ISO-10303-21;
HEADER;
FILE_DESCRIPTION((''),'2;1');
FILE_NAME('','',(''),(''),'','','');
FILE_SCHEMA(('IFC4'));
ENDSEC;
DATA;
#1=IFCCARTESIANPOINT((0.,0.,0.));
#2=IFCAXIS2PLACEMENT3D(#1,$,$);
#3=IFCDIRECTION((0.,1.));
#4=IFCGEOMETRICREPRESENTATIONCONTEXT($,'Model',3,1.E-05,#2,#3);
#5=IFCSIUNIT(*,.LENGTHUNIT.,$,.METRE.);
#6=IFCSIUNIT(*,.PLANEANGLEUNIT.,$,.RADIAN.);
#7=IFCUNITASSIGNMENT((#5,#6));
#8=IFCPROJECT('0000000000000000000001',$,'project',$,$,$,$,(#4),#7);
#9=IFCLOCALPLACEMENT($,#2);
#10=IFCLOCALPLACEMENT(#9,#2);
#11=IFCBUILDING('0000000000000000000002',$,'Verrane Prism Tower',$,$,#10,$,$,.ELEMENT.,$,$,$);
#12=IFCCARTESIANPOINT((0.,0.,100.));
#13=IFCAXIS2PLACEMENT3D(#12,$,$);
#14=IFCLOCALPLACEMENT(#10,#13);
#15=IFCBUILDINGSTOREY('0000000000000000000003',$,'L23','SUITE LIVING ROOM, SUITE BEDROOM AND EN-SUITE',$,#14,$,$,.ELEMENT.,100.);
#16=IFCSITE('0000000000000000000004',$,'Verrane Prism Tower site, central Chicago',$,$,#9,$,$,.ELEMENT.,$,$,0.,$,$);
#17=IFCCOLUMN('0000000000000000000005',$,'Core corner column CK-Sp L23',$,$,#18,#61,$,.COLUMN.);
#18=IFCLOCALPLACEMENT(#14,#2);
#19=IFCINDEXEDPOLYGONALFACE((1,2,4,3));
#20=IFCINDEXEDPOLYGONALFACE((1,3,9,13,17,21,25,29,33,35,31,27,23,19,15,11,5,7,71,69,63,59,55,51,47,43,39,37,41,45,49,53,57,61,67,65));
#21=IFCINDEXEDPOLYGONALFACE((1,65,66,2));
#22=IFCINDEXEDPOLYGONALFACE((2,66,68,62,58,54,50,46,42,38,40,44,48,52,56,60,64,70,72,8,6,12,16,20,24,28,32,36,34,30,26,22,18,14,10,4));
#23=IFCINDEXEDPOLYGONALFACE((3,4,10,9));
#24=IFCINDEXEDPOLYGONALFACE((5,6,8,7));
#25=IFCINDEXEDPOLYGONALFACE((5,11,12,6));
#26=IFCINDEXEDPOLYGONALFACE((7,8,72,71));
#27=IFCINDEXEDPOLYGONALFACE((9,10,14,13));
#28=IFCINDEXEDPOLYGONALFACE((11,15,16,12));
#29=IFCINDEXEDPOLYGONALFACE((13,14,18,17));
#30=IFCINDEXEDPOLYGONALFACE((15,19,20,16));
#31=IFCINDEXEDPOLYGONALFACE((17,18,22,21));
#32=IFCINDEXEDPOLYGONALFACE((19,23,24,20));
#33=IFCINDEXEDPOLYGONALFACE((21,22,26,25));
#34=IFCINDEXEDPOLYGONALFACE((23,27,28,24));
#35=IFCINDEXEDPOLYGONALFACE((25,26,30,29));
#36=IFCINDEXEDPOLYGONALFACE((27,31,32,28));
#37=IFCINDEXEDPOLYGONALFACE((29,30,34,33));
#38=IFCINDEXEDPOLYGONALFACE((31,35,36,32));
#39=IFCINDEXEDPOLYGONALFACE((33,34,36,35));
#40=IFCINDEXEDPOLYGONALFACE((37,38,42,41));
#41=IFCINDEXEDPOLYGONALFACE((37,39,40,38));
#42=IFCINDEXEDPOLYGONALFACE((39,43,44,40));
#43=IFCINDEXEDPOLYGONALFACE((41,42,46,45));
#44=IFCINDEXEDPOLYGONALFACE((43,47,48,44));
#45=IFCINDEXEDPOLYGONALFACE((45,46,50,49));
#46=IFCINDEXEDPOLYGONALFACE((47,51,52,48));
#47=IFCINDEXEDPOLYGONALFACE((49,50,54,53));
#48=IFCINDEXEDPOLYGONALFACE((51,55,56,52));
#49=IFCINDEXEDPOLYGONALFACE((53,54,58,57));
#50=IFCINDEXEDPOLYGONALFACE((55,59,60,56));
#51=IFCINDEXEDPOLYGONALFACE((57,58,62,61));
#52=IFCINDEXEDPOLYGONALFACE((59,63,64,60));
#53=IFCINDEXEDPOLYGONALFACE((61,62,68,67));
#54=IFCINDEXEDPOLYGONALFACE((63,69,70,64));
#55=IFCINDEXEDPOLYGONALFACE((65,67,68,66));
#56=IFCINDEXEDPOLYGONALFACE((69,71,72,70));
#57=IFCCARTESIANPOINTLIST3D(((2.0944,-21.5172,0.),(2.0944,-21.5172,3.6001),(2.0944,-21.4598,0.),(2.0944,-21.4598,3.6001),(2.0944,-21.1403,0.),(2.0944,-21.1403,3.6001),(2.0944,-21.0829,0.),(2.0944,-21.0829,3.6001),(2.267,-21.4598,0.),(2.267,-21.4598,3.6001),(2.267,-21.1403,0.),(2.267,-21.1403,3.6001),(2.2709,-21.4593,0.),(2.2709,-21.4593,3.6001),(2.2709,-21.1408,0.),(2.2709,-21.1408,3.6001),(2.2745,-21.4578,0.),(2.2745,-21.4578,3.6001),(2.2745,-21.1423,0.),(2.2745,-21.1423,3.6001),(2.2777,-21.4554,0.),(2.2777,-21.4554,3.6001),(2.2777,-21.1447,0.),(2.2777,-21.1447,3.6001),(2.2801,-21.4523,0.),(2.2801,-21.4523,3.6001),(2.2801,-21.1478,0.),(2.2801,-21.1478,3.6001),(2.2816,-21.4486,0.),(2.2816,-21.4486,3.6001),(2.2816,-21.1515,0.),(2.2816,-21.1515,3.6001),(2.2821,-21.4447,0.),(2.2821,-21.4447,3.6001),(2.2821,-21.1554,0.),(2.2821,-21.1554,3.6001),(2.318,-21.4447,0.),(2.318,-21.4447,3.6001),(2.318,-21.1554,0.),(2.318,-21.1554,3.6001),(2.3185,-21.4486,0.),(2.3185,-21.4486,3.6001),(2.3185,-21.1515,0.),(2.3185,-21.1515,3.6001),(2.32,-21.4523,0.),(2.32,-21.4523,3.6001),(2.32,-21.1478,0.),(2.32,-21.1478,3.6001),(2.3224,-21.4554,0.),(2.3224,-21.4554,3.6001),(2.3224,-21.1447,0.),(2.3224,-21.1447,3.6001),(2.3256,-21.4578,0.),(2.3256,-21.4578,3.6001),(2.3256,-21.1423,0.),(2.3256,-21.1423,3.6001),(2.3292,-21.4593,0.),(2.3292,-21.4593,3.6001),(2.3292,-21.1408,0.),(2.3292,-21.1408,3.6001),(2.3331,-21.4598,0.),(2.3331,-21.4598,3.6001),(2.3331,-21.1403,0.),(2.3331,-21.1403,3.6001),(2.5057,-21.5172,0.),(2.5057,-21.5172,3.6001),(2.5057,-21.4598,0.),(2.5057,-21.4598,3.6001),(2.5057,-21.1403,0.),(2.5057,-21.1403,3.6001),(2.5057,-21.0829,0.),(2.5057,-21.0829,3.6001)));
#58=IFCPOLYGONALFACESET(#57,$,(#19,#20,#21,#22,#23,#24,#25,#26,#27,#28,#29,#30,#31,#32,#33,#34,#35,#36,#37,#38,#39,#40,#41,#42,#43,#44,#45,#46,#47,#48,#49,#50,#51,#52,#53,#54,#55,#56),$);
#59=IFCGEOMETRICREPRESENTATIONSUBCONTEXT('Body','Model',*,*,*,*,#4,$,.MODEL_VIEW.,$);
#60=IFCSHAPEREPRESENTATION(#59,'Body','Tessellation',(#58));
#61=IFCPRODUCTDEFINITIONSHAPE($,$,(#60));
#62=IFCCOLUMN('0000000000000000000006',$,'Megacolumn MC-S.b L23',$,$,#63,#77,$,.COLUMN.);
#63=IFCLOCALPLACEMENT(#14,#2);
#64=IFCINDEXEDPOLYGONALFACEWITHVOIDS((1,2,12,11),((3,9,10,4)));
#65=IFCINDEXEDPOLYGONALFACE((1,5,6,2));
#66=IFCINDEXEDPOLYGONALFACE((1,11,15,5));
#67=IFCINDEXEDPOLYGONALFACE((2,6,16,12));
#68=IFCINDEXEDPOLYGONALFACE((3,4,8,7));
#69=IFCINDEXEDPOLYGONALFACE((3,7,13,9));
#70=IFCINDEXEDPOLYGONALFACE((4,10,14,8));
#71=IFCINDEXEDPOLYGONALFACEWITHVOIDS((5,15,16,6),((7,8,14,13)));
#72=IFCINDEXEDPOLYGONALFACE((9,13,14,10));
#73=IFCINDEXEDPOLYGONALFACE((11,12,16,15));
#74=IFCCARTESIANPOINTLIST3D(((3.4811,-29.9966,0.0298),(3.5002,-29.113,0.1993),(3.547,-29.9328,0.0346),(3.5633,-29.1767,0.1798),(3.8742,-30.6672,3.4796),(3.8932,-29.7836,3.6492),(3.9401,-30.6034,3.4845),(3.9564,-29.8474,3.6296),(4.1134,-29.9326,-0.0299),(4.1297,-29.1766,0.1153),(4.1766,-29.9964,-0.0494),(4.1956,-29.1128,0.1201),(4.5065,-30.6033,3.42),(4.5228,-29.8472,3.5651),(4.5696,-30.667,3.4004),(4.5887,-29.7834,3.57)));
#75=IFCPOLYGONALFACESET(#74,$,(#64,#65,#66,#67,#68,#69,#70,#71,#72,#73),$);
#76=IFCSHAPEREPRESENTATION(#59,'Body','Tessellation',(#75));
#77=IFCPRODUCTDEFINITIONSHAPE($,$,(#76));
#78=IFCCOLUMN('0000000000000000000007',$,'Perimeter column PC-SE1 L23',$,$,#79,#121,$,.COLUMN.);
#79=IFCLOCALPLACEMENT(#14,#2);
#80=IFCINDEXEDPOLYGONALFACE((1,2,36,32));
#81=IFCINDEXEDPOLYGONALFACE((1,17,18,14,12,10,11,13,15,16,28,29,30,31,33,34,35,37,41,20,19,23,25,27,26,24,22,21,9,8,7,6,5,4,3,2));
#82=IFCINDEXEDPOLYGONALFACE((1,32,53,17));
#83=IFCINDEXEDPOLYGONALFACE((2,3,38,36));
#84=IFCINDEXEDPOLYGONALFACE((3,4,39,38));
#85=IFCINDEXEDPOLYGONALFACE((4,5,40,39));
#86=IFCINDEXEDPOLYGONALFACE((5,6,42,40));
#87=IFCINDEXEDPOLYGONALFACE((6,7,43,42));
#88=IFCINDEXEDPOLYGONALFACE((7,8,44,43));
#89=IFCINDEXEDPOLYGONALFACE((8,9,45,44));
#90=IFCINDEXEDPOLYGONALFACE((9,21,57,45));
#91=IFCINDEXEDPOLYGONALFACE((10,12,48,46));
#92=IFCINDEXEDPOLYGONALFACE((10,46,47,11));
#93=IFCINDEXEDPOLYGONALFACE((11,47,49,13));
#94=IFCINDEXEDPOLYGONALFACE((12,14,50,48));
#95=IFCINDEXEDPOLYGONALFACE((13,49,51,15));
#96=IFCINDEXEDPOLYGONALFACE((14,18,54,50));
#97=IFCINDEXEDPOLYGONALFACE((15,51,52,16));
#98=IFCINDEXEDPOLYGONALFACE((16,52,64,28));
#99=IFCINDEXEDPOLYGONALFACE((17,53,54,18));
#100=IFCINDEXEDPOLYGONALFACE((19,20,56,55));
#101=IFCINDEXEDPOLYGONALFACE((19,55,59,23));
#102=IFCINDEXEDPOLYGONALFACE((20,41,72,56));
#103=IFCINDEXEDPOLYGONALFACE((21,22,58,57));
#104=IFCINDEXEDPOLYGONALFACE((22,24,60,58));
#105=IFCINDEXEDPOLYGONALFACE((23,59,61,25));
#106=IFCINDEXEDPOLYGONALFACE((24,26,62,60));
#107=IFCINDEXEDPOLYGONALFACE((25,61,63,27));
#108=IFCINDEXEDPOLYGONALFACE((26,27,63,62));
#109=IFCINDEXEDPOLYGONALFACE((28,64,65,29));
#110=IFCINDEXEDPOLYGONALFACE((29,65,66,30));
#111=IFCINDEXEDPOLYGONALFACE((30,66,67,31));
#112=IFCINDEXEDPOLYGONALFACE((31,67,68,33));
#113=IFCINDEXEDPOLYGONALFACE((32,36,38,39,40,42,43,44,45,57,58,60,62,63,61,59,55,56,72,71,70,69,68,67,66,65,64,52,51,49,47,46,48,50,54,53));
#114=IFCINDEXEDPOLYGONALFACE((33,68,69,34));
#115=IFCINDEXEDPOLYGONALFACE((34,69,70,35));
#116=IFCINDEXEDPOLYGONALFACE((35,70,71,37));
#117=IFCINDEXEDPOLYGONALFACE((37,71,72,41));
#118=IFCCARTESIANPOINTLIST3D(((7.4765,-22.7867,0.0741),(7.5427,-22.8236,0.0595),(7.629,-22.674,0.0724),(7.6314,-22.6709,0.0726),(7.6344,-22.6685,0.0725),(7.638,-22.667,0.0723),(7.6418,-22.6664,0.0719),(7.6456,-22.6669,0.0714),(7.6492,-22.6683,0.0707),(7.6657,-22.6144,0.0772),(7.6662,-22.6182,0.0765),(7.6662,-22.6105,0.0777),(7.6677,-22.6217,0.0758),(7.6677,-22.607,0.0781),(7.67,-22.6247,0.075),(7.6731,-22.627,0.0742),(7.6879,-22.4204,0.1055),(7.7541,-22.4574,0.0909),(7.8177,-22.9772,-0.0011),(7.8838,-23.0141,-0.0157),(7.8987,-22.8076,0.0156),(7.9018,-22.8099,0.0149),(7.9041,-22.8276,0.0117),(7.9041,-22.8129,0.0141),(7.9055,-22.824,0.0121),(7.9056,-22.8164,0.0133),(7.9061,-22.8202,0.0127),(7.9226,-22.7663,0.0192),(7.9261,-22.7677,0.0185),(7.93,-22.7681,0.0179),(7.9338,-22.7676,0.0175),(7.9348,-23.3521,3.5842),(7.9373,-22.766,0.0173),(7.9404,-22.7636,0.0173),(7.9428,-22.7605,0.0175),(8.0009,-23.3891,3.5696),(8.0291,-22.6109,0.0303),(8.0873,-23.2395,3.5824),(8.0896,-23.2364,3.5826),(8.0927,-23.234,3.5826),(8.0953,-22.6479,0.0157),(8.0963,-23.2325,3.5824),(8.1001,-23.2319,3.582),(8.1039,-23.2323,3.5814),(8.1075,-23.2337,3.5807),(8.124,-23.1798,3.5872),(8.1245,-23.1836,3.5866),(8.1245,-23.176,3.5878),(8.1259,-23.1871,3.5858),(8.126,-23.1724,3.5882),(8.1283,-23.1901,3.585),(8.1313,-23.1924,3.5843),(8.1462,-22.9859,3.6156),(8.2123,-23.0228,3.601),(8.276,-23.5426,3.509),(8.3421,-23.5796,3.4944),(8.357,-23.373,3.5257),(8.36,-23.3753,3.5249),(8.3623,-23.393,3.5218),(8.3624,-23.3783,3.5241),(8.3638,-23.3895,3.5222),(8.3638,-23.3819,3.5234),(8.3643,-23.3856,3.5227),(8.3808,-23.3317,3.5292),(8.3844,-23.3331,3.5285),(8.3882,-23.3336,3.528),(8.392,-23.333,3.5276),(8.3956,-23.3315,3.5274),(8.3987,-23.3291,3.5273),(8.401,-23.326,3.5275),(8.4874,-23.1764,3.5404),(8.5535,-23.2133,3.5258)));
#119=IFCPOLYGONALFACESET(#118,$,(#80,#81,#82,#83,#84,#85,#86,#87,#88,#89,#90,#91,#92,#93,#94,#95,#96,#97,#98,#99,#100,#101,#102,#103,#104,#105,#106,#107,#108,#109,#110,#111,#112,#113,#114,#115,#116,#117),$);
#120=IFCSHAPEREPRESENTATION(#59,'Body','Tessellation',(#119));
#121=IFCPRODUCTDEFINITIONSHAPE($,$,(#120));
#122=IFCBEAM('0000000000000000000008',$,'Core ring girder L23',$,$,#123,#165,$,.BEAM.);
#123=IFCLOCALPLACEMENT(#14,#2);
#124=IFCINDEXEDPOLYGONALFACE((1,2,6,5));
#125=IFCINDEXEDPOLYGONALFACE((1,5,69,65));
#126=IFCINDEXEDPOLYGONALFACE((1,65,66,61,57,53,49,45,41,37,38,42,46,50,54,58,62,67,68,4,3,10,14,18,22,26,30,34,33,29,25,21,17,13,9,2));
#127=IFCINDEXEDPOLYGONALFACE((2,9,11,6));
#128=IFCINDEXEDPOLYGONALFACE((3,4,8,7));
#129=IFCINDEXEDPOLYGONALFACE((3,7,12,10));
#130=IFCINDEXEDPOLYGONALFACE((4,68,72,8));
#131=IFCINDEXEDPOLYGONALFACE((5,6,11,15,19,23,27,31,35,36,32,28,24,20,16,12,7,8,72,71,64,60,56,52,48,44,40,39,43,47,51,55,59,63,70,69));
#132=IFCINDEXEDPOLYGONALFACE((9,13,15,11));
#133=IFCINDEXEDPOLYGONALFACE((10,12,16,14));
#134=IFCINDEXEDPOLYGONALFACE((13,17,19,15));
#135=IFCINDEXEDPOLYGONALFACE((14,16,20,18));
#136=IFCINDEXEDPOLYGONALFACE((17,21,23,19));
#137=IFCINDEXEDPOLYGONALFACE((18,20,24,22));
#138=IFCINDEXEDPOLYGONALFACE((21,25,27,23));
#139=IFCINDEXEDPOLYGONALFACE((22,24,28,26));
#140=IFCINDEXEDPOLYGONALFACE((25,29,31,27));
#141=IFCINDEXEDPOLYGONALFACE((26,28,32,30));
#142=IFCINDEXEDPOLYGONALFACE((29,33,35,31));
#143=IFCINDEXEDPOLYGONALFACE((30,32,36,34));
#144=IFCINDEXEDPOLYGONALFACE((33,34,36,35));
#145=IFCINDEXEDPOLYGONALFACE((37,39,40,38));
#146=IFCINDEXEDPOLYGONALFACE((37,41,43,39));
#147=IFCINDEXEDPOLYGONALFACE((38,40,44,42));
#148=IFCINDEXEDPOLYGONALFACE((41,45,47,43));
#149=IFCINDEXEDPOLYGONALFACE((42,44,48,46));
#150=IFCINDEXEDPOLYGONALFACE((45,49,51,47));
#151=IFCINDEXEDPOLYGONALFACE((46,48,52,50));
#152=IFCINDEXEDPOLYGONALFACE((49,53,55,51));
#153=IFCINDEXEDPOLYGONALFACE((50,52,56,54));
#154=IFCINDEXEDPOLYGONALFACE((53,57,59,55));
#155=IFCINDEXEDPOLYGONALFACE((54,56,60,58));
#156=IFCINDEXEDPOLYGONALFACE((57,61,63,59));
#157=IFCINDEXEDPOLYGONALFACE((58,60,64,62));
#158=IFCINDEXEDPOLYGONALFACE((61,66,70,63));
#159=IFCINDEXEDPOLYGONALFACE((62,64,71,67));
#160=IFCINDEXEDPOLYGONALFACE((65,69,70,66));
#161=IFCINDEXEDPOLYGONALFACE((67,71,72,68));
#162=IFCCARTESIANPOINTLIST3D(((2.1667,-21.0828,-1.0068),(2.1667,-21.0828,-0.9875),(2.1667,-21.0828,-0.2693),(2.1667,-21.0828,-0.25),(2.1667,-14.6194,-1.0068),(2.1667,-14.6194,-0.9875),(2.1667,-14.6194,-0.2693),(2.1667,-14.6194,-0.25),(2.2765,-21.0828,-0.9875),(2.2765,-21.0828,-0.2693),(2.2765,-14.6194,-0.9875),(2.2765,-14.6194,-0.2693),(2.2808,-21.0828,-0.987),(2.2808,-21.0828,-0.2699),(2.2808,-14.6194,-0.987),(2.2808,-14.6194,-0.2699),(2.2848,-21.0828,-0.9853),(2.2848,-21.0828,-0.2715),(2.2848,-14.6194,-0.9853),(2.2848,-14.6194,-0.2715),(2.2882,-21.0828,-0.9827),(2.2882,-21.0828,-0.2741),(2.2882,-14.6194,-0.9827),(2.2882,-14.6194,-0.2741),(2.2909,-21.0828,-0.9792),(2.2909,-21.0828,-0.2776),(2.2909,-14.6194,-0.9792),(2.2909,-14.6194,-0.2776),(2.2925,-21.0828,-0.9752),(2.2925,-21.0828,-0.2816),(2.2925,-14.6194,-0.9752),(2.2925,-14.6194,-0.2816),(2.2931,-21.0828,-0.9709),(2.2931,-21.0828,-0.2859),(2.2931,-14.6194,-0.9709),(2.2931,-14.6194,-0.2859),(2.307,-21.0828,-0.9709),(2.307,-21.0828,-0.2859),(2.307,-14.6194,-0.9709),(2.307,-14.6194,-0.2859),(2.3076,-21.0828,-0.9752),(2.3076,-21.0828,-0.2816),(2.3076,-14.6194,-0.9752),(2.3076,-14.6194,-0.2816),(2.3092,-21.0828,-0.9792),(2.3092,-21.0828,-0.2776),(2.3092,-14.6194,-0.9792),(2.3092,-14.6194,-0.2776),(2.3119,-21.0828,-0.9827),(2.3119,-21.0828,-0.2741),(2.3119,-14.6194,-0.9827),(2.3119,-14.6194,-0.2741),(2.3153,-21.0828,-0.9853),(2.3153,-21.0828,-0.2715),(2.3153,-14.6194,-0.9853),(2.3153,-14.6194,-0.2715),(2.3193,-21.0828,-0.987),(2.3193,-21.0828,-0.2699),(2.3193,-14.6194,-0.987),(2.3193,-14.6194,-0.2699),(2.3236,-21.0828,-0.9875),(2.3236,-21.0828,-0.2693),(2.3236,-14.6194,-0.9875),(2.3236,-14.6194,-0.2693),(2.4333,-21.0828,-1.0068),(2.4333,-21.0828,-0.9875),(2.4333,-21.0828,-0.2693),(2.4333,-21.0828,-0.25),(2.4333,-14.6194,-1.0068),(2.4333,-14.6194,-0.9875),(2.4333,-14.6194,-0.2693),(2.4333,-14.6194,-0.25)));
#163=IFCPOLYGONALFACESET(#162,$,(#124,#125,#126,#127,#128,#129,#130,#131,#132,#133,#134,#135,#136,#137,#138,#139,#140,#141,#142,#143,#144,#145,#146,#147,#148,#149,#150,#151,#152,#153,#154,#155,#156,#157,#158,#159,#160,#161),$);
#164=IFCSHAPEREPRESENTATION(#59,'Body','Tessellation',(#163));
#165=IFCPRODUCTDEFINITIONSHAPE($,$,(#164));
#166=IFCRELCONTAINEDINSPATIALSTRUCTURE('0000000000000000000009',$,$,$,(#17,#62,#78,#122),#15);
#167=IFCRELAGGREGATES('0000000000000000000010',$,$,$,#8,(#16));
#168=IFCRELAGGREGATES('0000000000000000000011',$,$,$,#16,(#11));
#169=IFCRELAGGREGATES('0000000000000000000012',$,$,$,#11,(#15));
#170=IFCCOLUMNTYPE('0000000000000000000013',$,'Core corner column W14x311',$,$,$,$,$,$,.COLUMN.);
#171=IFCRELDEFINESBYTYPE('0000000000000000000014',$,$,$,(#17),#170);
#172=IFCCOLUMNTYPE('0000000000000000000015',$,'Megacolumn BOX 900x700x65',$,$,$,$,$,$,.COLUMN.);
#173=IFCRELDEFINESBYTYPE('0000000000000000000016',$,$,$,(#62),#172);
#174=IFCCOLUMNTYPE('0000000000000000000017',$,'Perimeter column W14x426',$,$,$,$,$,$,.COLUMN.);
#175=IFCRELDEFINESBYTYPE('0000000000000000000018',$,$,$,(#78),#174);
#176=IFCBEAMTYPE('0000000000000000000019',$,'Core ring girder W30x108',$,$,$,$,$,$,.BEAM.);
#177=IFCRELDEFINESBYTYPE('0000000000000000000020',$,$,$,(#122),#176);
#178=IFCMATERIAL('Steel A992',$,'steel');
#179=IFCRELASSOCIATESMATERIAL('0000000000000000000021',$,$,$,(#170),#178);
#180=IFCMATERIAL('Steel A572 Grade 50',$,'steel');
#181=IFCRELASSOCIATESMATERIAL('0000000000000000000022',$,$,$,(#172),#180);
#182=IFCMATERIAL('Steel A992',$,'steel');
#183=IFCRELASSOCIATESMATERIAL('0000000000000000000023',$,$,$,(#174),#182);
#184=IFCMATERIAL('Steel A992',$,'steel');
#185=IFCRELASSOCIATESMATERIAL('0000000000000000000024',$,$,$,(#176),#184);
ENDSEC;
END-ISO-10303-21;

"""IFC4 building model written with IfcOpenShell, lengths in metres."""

from ifc_helpers import new_model, si_unit, direction, frame, origin, origin_2d, place, context, subcontext, project, spatial, hollow_rectangle, i_section, extrude, material, material_profile, profile_set, type_object, element, save


model = new_model("IFC4")

# Units and contexts
model_context = context("Model", 3, precision=1e-05, world=origin(), true_north=direction((0.0, 1.0)))
body_context = subcontext(model_context, "Body", "Model", "MODEL_VIEW")
ifc_project = project(units=[si_unit("LENGTHUNIT", "METRE"), si_unit("PLANEANGLEUNIT", "RADIAN")], contexts=[model_context])

# Site, building, storey
site_placement = place(None, origin())
site = spatial("IfcSite", under=ifc_project, at=site_placement, Name="Verrane Prism Tower site, central Chicago", CompositionType="ELEMENT", RefElevation=0.0)
building_placement = place(site_placement, origin())
building = spatial("IfcBuilding", under=site, at=building_placement, Name="Verrane Prism Tower", CompositionType="ELEMENT")
storey_placement = place(building_placement, frame((0.0, 0.0, 100.0)))
storey = spatial("IfcBuildingStorey", under=building, at=storey_placement, Name="L23", Description="SUITE LIVING ROOM, SUITE BEDROOM AND EN-SUITE", CompositionType="ELEMENT", Elevation=100.0)

# Columns
ifc_material_1 = material(Name="Steel A992", Category="steel")
ifc_material_profile_1 = material_profile(ifc_material_1, i_section(OverallWidth=0.4114, OverallDepth=0.4343, WebThickness=0.0359, FlangeThickness=0.0574, FilletRadius=0.0151, at=origin_2d()), Name="W14x311")
ifc_profile_set_1 = profile_set([ifc_material_profile_1], Name="Steel A992")
column_type_1 = type_object("IfcColumnType", Name="Core corner column W14x311", PredefinedType="COLUMN", material=ifc_profile_set_1)
column_1_placement = place(storey_placement, frame((2.3, -21.3, 0.0), z_axis=(0.0, 0.0, 1.0), x_axis=(-1.0, 0.0, 0.0)))
element("IfcColumn", 1, at=column_1_placement, inside=storey, type_object=column_type_1, Name="Core corner column CK-Sp L23", PredefinedType="COLUMN", context=body_context, shape_type="SweptSolid", body=[
    extrude(i_section(OverallWidth=0.4114, OverallDepth=0.4343, WebThickness=0.0359, FlangeThickness=0.0574, FilletRadius=0.0151, at=origin_2d()), origin(), (0.0, 0.0, 1.0), 3.6001),
])
ifc_material_2 = material(Name="Steel A572 Grade 50", Category="steel")
ifc_material_profile_2 = material_profile(ifc_material_2, hollow_rectangle(XDim=0.7, YDim=0.8999, WallThickness=0.0649, at=origin_2d()), Name="BOX 900x700x65")
ifc_profile_set_2 = profile_set([ifc_material_profile_2], Name="Steel A572 Grade 50")
column_type_2 = type_object("IfcColumnType", Name="Megacolumn BOX 900x700x65", PredefinedType="COLUMN", material=ifc_profile_set_2)
column_2_placement = place(storey_placement, frame((3.8384, -29.5547, 0.075), z_axis=(0.111147, -0.189641, 0.975542), x_axis=(-0.993578, -0.000278, 0.113148)))
element("IfcColumn", 2, at=column_2_placement, inside=storey, type_object=column_type_2, Name="Megacolumn MC-S.b L23", PredefinedType="COLUMN", context=body_context, shape_type="SweptSolid", body=[
    extrude(hollow_rectangle(XDim=0.7, YDim=0.8999, WallThickness=0.0649, at=origin_2d()), origin(), (0.0, 0.0, 1.0), 3.5364),
])
ifc_material_3 = material(Name="Steel A992", Category="steel")
ifc_material_profile_3 = material_profile(ifc_material_3, i_section(OverallWidth=0.4241, OverallDepth=0.4751, WebThickness=0.0479, FlangeThickness=0.0771, FilletRadius=0.0149, at=origin_2d()), Name="W14x426")
ifc_profile_set_3 = profile_set([ifc_material_profile_3], Name="Steel A992")
column_type_3 = type_object("IfcColumnType", Name="Perimeter column W14x426", PredefinedType="COLUMN", material=ifc_profile_set_3)
column_3_placement = place(storey_placement, frame((7.7859, -22.7173, 0.0449), z_axis=(0.127837, -0.157735, 0.979172), x_axis=(-0.498572, -0.86368, -0.074039)))
element("IfcColumn", 3, at=column_3_placement, inside=storey, type_object=column_type_3, Name="Perimeter column PC-SE1 L23", PredefinedType="COLUMN", context=body_context, shape_type="SweptSolid", body=[
    extrude(i_section(OverallWidth=0.4241, OverallDepth=0.4751, WebThickness=0.0479, FlangeThickness=0.0771, FilletRadius=0.0149, at=origin_2d()), origin(), (0.0, 0.0, 1.0), 3.5847),
])

# Beam
ifc_material_4 = material(Name="Steel A992", Category="steel")
ifc_material_profile_4 = material_profile(ifc_material_4, i_section(OverallWidth=0.2666, OverallDepth=0.7568, WebThickness=0.0139, FlangeThickness=0.0193, FilletRadius=0.0166, at=origin_2d()), Name="W30x108")
ifc_profile_set_4 = profile_set([ifc_material_profile_4], Name="Steel A992")
beam_type_1 = type_object("IfcBeamType", Name="Core ring girder W30x108", PredefinedType="BEAM", material=ifc_profile_set_4)
beam_1_placement = place(storey_placement, frame((2.3, -21.0828, -0.6284), z_axis=(0.0, 1.0, 0.0), x_axis=(-1.0, 0.0, 0.0)))
element("IfcBeam", 4, at=beam_1_placement, inside=storey, type_object=beam_type_1, Name="Core ring girder L23", PredefinedType="BEAM", context=body_context, shape_type="SweptSolid", body=[
    extrude(i_section(OverallWidth=0.2666, OverallDepth=0.7568, WebThickness=0.0139, FlangeThickness=0.0193, FilletRadius=0.0166, at=origin_2d()), origin(), (0.0, 0.0, 1.0), 6.4634),
])

save(model, "model.ifc")
